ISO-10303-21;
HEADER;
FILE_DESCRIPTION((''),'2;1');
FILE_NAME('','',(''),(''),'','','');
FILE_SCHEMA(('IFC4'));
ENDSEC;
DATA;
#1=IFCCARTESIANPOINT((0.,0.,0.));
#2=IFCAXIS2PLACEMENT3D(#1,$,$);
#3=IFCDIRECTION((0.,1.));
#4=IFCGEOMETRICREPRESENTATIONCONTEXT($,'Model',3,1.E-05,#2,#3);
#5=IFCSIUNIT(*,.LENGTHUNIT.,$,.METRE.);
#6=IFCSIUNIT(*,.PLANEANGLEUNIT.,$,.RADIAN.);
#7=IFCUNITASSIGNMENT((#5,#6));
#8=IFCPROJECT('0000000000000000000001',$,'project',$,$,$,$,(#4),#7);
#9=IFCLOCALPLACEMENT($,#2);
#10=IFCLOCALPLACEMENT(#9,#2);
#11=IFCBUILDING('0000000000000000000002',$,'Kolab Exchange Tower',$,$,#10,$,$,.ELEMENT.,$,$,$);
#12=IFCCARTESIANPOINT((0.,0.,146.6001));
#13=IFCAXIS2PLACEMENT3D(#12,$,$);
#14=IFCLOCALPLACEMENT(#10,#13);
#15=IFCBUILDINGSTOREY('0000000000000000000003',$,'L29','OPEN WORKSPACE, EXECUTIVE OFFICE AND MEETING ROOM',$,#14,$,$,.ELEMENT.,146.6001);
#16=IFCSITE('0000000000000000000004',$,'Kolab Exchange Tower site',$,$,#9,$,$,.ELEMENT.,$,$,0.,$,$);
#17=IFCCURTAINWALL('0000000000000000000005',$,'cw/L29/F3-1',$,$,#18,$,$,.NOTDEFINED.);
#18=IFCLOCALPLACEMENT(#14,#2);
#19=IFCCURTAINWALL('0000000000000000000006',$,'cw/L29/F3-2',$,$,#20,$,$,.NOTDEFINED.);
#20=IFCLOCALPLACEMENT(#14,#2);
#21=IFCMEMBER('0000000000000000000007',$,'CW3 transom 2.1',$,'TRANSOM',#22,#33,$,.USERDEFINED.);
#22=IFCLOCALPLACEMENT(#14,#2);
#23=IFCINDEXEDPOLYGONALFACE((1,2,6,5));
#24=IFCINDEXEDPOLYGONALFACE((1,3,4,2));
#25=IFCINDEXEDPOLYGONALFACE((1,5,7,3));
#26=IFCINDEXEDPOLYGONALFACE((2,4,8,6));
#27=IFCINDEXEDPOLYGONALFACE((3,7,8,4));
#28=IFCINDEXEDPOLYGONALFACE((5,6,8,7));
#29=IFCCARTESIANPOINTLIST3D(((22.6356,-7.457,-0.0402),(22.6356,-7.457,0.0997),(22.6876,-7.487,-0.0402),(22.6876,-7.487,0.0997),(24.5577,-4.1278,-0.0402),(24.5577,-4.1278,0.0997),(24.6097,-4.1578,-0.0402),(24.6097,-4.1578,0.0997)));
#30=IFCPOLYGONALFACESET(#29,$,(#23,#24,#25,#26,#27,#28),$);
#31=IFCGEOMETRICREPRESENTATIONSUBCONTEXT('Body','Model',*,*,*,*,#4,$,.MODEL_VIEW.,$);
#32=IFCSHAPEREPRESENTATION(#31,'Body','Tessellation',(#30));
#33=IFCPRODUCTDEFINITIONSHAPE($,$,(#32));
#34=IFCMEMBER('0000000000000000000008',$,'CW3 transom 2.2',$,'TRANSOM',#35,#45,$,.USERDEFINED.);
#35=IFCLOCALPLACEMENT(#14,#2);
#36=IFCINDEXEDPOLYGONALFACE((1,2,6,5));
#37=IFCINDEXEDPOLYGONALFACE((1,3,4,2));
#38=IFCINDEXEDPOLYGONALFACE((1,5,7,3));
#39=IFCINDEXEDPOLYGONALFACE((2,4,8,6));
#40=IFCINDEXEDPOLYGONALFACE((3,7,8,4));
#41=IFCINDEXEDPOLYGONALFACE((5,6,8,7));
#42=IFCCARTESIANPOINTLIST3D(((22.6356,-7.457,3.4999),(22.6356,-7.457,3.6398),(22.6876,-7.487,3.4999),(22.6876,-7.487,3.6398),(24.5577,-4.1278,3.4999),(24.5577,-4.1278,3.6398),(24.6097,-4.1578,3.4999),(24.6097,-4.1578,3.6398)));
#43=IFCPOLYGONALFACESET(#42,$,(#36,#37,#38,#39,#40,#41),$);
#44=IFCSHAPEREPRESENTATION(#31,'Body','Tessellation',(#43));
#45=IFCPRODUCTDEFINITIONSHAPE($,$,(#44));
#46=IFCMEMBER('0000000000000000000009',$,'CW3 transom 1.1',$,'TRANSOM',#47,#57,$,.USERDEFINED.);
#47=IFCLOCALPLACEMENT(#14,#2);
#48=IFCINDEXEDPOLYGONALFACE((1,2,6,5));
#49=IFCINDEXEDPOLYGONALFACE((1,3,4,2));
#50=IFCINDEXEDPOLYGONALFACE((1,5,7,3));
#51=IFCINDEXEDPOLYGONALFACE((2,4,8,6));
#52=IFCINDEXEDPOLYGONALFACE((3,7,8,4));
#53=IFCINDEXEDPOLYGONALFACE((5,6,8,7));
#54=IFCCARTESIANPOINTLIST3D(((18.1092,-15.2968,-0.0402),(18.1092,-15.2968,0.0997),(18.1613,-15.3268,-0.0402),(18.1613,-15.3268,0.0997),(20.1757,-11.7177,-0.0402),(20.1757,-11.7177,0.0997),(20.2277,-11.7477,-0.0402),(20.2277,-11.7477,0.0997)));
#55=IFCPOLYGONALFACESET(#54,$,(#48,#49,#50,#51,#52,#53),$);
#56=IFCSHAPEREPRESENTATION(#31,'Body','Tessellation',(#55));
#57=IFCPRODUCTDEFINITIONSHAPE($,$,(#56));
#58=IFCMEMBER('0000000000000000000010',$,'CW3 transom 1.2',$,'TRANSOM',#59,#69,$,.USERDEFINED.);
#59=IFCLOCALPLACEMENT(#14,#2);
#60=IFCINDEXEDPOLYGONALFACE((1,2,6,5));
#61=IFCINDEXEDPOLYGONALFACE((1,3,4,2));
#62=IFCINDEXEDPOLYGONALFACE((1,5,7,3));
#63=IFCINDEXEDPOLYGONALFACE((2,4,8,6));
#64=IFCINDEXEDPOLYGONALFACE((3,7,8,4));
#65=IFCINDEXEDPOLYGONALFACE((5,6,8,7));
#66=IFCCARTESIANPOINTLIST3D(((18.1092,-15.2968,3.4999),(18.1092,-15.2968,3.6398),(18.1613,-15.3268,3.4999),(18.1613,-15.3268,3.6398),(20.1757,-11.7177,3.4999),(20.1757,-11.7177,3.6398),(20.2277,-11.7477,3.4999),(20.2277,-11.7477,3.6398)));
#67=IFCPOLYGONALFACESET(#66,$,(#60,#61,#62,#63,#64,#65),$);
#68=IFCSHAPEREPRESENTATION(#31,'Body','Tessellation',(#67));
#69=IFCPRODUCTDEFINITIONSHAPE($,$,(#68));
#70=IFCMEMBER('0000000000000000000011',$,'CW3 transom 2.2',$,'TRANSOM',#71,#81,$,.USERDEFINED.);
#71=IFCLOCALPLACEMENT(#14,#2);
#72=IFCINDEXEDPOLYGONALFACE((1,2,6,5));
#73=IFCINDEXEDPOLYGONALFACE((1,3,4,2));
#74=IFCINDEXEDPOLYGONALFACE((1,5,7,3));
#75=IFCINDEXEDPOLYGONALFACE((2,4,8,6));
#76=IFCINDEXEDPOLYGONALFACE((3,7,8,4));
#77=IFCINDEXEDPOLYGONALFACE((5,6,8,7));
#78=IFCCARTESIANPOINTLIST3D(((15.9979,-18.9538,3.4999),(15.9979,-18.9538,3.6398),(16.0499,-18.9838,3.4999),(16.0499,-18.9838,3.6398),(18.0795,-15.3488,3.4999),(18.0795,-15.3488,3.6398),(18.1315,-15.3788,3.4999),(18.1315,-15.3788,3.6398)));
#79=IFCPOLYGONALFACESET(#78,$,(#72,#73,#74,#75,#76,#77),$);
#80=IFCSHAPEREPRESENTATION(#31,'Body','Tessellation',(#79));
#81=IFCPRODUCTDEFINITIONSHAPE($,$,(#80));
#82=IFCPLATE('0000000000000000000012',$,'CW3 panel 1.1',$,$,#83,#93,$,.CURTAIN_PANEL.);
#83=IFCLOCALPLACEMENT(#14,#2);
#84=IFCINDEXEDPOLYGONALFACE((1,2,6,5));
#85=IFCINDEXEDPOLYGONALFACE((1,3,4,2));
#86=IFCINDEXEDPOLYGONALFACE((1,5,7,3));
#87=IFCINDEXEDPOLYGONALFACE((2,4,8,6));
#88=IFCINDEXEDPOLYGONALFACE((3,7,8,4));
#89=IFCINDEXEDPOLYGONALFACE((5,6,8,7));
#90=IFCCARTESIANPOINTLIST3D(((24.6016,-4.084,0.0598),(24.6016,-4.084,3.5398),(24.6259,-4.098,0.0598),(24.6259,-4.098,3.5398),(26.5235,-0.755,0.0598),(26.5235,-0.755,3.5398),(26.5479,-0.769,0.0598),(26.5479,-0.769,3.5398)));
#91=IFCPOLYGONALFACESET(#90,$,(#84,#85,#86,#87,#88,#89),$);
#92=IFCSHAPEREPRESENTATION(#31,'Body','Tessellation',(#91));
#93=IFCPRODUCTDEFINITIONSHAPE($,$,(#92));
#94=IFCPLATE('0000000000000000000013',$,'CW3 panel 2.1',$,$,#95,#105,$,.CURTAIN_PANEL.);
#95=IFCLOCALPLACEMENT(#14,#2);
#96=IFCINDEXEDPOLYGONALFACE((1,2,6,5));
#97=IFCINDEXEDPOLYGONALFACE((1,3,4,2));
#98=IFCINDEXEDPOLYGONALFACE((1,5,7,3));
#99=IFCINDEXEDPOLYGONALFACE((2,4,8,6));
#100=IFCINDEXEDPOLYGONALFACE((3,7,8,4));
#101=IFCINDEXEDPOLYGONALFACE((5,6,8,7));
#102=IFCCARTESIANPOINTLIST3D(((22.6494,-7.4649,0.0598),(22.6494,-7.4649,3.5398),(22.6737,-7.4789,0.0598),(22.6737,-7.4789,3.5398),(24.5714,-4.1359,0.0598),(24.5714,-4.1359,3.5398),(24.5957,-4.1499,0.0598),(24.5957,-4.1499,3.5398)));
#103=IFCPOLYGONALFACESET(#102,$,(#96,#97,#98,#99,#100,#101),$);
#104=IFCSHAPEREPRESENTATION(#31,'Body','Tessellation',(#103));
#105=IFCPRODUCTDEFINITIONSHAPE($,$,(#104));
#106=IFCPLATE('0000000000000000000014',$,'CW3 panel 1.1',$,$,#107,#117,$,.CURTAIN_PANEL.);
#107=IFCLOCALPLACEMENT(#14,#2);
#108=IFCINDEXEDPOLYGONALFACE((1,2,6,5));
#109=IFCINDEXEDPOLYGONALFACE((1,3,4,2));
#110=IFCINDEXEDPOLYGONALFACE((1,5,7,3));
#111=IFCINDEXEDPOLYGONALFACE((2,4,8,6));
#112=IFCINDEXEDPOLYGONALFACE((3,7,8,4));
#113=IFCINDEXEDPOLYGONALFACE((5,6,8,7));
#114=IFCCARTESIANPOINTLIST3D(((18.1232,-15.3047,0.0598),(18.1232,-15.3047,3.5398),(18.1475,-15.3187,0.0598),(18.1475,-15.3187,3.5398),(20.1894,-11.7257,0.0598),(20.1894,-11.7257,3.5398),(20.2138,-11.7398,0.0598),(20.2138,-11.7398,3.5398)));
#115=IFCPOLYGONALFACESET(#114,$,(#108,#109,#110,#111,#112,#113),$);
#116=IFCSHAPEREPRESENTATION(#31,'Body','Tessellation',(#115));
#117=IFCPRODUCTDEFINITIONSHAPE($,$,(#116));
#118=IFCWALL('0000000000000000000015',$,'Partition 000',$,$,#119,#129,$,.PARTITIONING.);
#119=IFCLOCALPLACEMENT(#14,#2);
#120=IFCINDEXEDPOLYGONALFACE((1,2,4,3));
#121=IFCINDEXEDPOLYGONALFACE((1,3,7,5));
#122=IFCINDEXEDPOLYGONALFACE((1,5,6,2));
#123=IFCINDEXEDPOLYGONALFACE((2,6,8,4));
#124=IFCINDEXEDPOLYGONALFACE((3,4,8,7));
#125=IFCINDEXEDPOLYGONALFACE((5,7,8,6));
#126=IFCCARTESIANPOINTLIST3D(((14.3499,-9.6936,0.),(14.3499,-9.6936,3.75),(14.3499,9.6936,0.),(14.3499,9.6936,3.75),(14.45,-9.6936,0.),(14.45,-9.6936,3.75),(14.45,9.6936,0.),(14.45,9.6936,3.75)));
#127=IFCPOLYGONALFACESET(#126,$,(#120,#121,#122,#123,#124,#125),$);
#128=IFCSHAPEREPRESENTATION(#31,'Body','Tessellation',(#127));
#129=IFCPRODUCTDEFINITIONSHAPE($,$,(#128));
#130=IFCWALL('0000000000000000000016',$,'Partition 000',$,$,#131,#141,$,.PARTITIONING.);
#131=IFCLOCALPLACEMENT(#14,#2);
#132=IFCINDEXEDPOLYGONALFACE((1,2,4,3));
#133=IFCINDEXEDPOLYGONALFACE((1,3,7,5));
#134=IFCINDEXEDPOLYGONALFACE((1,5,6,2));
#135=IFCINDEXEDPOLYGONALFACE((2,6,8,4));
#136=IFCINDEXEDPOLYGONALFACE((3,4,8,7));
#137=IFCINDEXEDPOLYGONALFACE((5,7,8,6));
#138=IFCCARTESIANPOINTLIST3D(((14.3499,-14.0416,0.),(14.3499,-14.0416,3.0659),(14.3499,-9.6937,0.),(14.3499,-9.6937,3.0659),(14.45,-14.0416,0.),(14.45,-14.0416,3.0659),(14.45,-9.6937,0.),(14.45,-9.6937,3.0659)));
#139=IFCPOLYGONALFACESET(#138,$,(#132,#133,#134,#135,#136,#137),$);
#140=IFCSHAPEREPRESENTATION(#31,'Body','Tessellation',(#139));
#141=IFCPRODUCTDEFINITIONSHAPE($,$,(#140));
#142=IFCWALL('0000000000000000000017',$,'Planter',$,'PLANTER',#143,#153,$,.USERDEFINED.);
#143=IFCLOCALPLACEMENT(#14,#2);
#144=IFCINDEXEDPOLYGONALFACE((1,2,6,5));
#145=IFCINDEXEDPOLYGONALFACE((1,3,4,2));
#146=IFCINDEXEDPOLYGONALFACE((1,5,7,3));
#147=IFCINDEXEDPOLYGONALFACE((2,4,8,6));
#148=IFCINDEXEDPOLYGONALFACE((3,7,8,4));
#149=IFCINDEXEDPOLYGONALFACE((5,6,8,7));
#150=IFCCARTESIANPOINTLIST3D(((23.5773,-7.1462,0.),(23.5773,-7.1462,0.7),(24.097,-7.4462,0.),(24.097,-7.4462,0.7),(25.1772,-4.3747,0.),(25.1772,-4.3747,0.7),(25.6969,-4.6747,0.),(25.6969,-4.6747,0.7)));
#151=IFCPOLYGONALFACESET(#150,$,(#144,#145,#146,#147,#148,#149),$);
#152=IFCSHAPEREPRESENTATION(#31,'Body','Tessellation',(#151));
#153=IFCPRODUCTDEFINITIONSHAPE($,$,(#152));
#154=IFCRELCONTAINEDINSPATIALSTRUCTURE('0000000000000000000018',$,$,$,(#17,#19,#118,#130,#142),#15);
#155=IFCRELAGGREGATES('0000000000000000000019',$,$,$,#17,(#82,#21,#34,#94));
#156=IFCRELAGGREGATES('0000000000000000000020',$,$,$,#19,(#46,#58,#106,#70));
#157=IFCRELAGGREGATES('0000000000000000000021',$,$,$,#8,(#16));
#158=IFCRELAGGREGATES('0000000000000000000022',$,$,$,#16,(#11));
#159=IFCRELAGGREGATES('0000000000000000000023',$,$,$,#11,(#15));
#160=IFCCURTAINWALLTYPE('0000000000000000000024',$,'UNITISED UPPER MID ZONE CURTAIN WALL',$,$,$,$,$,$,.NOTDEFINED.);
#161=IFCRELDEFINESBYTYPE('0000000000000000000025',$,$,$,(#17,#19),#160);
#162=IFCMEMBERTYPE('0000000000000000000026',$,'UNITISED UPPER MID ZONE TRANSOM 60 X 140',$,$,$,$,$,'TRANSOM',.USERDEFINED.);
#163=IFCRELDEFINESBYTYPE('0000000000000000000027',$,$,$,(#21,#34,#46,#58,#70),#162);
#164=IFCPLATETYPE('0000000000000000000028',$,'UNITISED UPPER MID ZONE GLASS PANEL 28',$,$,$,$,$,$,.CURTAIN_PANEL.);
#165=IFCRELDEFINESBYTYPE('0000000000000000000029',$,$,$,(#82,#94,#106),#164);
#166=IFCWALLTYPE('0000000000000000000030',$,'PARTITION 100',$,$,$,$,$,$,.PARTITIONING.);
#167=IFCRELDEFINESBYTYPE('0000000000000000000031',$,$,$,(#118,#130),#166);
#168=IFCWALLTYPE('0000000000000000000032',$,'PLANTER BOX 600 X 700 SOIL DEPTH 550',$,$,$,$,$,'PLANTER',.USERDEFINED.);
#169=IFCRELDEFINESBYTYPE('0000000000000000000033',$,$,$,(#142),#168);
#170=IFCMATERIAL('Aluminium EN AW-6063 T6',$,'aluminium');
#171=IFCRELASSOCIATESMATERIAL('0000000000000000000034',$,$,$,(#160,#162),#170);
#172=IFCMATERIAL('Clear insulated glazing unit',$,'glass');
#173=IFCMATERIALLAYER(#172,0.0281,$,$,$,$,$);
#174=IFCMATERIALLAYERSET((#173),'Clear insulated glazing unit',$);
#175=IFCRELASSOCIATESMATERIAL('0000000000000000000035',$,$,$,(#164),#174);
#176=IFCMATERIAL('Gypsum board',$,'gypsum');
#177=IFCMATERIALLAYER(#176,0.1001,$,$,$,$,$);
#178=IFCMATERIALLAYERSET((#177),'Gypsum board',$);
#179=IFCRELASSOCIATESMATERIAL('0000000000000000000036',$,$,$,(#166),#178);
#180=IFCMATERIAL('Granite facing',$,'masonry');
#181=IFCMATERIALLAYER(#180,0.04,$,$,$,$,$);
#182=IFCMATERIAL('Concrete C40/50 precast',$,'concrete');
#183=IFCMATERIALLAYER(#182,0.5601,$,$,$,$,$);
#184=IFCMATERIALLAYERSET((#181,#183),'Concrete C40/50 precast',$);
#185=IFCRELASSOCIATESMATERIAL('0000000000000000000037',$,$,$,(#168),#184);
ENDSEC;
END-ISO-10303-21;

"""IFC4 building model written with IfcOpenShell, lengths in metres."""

from ifc_helpers import new_model, si_unit, direction, frame, frame_2d, origin, origin_2d, place, context, subcontext, project, spatial, rectangle, extrude, material, layer, layer_set, material_profile, profile_set, type_object, element, aggregate, save


model = new_model("IFC4")

# Units and contexts
model_context = context("Model", 3, precision=1e-05, world=origin(), true_north=direction((0.0, 1.0)))
body_context = subcontext(model_context, "Body", "Model", "MODEL_VIEW")
ifc_project = project(units=[si_unit("LENGTHUNIT", "METRE"), si_unit("PLANEANGLEUNIT", "RADIAN")], contexts=[model_context])

# Site, building, storey
site_placement = place(None, origin())
site = spatial("IfcSite", under=ifc_project, at=site_placement, Name="Kolab Exchange Tower site", CompositionType="ELEMENT", RefElevation=0.0)
building_placement = place(site_placement, origin())
building = spatial("IfcBuilding", under=site, at=building_placement, Name="Kolab Exchange Tower", CompositionType="ELEMENT")
storey_placement = place(building_placement, frame((0.0, 0.0, 146.6001)))
storey = spatial("IfcBuildingStorey", under=building, at=storey_placement, Name="L29", Description="OPEN WORKSPACE, EXECUTIVE OFFICE AND MEETING ROOM", CompositionType="ELEMENT", Elevation=146.6001)

# Curtain walls
ifc_material_1 = material(Name="Aluminium EN AW-6063 T6", Category="aluminium")
curtain_wall_type = type_object("IfcCurtainWallType", Name="UNITISED UPPER MID ZONE CURTAIN WALL", PredefinedType="NOTDEFINED", material=ifc_material_1)
curtain_wall_1_placement = place(storey_placement, origin())
curtain_wall_1 = element("IfcCurtainWall", 1, at=curtain_wall_1_placement, inside=storey, type_object=curtain_wall_type, Name="cw/L29/F3-1", PredefinedType="NOTDEFINED")
curtain_wall_2_placement = place(storey_placement, origin())
curtain_wall_2 = element("IfcCurtainWall", 2, at=curtain_wall_2_placement, inside=storey, type_object=curtain_wall_type, Name="cw/L29/F3-2", PredefinedType="NOTDEFINED")

# Members
ifc_material_profile_1 = material_profile(ifc_material_1, rectangle(XDim=0.0601, YDim=0.1399, at=origin_2d()), Name="RECT 60X140")
ifc_profile_set_1 = profile_set([ifc_material_profile_1], Name="Aluminium EN AW-6063 T6")
member_type_1 = type_object("IfcMemberType", Name="UNITISED UPPER MID ZONE TRANSOM 60 X 140", ElementType="TRANSOM", PredefinedType="USERDEFINED", material=ifc_profile_set_1)
member_1_placement = place(storey_placement, frame((24.5837, -4.1428, 0.0298), z_axis=(-0.500012, -0.866018, 0.0), x_axis=(0.866018, -0.500012, 0.0)))
member_1 = element("IfcMember", 3, at=member_1_placement, type_object=member_type_1, Name="CW3 transom 2.1", ObjectType="TRANSOM", PredefinedType="USERDEFINED", context=body_context, shape_type="SweptSolid", body=[
    extrude(rectangle(XDim=0.0601, YDim=0.1399, at=origin_2d()), origin(), (0.0, 0.0, 1.0), 3.8442),
])
member_2_placement = place(storey_placement, frame((24.5837, -4.1428, 3.5698), z_axis=(-0.500012, -0.866018, 0.0), x_axis=(0.866018, -0.500012, 0.0)))
member_2 = element("IfcMember", 4, at=member_2_placement, type_object=member_type_1, Name="CW3 transom 2.2", ObjectType="TRANSOM", PredefinedType="USERDEFINED", context=body_context, shape_type="SweptSolid", body=[
    extrude(rectangle(XDim=0.0601, YDim=0.1399, at=origin_2d()), origin(), (0.0, 0.0, 1.0), 3.8442),
])
member_3_placement = place(storey_placement, frame((20.2017, -11.7327, 0.0298), z_axis=(-0.500002, -0.866024, 0.0), x_axis=(0.866024, -0.500002, 0.0)))
member_3 = element("IfcMember", 5, at=member_3_placement, type_object=member_type_1, Name="CW3 transom 1.1", ObjectType="TRANSOM", PredefinedType="USERDEFINED", context=body_context, shape_type="SweptSolid", body=[
    extrude(rectangle(XDim=0.0601, YDim=0.1399, at=origin_2d()), origin(), (0.0, 0.0, 1.0), 4.1328),
])
member_4_placement = place(storey_placement, frame((20.2017, -11.7327, 3.5698), z_axis=(-0.500002, -0.866024, 0.0), x_axis=(0.866024, -0.500002, 0.0)))
member_4 = element("IfcMember", 6, at=member_4_placement, type_object=member_type_1, Name="CW3 transom 1.2", ObjectType="TRANSOM", PredefinedType="USERDEFINED", context=body_context, shape_type="SweptSolid", body=[
    extrude(rectangle(XDim=0.0601, YDim=0.1399, at=origin_2d()), origin(), (0.0, 0.0, 1.0), 4.1328),
])
member_5_placement = place(storey_placement, frame((18.1055, -15.3638, 3.5698), z_axis=(-0.500037, -0.866004, 0.0), x_axis=(0.866004, -0.500037, 0.0)))
member_5 = element("IfcMember", 7, at=member_5_placement, type_object=member_type_1, Name="CW3 transom 2.2", ObjectType="TRANSOM", PredefinedType="USERDEFINED", context=body_context, shape_type="SweptSolid", body=[
    extrude(rectangle(XDim=0.0601, YDim=0.1399, at=origin_2d()), origin(), (0.0, 0.0, 1.0), 4.1628),
])

# Plates
ifc_material_2 = material(Name="Clear insulated glazing unit", Category="glass")
ifc_layer_1 = layer(ifc_material_2, 0.0281)
ifc_layer_set_1 = layer_set([ifc_layer_1], Name="Clear insulated glazing unit")
plate_type = type_object("IfcPlateType", Name="UNITISED UPPER MID ZONE GLASS PANEL 28", PredefinedType="CURTAIN_PANEL", material=ifc_layer_set_1)
plate_1_placement = place(storey_placement, frame((25.5747, -2.4265, 0.0598), z_axis=(0.0, 0.0, 1.0), x_axis=(-0.5, -0.866025, 0.0)))
plate_1 = element("IfcPlate", 8, at=plate_1_placement, type_object=plate_type, Name="CW3 panel 1.1", PredefinedType="CURTAIN_PANEL", context=body_context, shape_type="SweptSolid", body=[
    extrude(rectangle(XDim=3.844, YDim=0.0281, at=origin_2d()), origin(), (0.0, 0.0, 1.0), 3.48),
])
plate_2_placement = place(storey_placement, frame((23.6226, -5.8074, 0.0598), z_axis=(0.0, 0.0, 1.0), x_axis=(-0.5, -0.866025, 0.0)))
plate_2 = element("IfcPlate", 9, at=plate_2_placement, type_object=plate_type, Name="CW3 panel 2.1", PredefinedType="CURTAIN_PANEL", context=body_context, shape_type="SweptSolid", body=[
    extrude(rectangle(XDim=3.844, YDim=0.0281, at=origin_2d()), origin(), (0.0, 0.0, 1.0), 3.48),
])
aggregate(curtain_wall_1, [plate_1, member_1, member_2, plate_2])
plate_3_placement = place(storey_placement, frame((19.1685, -13.5222, 0.0598), z_axis=(0.0, 0.0, 1.0), x_axis=(-0.5, -0.866025, 0.0)))
plate_3 = element("IfcPlate", 10, at=plate_3_placement, type_object=plate_type, Name="CW3 panel 1.1", PredefinedType="CURTAIN_PANEL", context=body_context, shape_type="SweptSolid", body=[
    extrude(rectangle(XDim=4.1326, YDim=0.0281, at=origin_2d()), origin(), (0.0, 0.0, 1.0), 3.48),
])
aggregate(curtain_wall_2, [member_3, member_4, plate_3, member_5])

# Walls
ifc_material_3 = material(Name="Gypsum board", Category="gypsum")
ifc_layer_2 = layer(ifc_material_3, 0.1001)
ifc_layer_set_2 = layer_set([ifc_layer_2], Name="Gypsum board")
wall_type_1 = type_object("IfcWallType", Name="PARTITION 100", PredefinedType="PARTITIONING", material=ifc_layer_set_2)
wall_1_placement = place(storey_placement, frame((14.3999, -9.6936, 0.0), z_axis=(0.0, 0.0, 1.0), x_axis=(0.0, 1.0, 0.0)))
element("IfcWall", 11, at=wall_1_placement, inside=storey, type_object=wall_type_1, Name="Partition 000", PredefinedType="PARTITIONING", context=body_context, shape_type="SweptSolid", body=[
    extrude(rectangle(XDim=19.3872, YDim=0.1001, at=frame_2d((9.6936, 0.0))), origin(), (0.0, 0.0, 1.0), 3.75),
])
wall_2_placement = place(storey_placement, frame((14.3999, -14.0415, 0.0), z_axis=(0.0, 0.0, 1.0), x_axis=(0.0, 1.0, 0.0)))
element("IfcWall", 12, at=wall_2_placement, inside=storey, type_object=wall_type_1, Name="Partition 000", PredefinedType="PARTITIONING", context=body_context, shape_type="SweptSolid", body=[
    extrude(rectangle(XDim=4.3479, YDim=0.1001, at=frame_2d((2.1738, 0.0))), origin(), (0.0, 0.0, 1.0), 3.0659),
])
ifc_material_4 = material(Name="Granite facing", Category="masonry")
ifc_layer_3 = layer(ifc_material_4, 0.04)
ifc_material_5 = material(Name="Concrete C40/50 precast", Category="concrete")
ifc_layer_4 = layer(ifc_material_5, 0.5601)
ifc_layer_set_3 = layer_set([ifc_layer_3, ifc_layer_4], Name="Concrete C40/50 precast")
wall_type_2 = type_object("IfcWallType", Name="PLANTER BOX 600 X 700 SOIL DEPTH 550", ElementType="PLANTER", PredefinedType="USERDEFINED", material=ifc_layer_set_3)
wall_3_placement = place(storey_placement, frame((25.437, -4.5247, 0.0), z_axis=(0.0, 0.0, 1.0), x_axis=(-0.499938, -0.866061, 0.0)))
element("IfcWall", 13, at=wall_3_placement, inside=storey, type_object=wall_type_2, Name="Planter", ObjectType="PLANTER", PredefinedType="USERDEFINED", context=body_context, shape_type="SweptSolid", body=[
    extrude(rectangle(XDim=3.2002, YDim=0.6001, at=frame_2d((1.6001, 0.0))), origin(), (0.0, 0.0, 1.0), 0.7),
])

save(model, "model.ifc")
